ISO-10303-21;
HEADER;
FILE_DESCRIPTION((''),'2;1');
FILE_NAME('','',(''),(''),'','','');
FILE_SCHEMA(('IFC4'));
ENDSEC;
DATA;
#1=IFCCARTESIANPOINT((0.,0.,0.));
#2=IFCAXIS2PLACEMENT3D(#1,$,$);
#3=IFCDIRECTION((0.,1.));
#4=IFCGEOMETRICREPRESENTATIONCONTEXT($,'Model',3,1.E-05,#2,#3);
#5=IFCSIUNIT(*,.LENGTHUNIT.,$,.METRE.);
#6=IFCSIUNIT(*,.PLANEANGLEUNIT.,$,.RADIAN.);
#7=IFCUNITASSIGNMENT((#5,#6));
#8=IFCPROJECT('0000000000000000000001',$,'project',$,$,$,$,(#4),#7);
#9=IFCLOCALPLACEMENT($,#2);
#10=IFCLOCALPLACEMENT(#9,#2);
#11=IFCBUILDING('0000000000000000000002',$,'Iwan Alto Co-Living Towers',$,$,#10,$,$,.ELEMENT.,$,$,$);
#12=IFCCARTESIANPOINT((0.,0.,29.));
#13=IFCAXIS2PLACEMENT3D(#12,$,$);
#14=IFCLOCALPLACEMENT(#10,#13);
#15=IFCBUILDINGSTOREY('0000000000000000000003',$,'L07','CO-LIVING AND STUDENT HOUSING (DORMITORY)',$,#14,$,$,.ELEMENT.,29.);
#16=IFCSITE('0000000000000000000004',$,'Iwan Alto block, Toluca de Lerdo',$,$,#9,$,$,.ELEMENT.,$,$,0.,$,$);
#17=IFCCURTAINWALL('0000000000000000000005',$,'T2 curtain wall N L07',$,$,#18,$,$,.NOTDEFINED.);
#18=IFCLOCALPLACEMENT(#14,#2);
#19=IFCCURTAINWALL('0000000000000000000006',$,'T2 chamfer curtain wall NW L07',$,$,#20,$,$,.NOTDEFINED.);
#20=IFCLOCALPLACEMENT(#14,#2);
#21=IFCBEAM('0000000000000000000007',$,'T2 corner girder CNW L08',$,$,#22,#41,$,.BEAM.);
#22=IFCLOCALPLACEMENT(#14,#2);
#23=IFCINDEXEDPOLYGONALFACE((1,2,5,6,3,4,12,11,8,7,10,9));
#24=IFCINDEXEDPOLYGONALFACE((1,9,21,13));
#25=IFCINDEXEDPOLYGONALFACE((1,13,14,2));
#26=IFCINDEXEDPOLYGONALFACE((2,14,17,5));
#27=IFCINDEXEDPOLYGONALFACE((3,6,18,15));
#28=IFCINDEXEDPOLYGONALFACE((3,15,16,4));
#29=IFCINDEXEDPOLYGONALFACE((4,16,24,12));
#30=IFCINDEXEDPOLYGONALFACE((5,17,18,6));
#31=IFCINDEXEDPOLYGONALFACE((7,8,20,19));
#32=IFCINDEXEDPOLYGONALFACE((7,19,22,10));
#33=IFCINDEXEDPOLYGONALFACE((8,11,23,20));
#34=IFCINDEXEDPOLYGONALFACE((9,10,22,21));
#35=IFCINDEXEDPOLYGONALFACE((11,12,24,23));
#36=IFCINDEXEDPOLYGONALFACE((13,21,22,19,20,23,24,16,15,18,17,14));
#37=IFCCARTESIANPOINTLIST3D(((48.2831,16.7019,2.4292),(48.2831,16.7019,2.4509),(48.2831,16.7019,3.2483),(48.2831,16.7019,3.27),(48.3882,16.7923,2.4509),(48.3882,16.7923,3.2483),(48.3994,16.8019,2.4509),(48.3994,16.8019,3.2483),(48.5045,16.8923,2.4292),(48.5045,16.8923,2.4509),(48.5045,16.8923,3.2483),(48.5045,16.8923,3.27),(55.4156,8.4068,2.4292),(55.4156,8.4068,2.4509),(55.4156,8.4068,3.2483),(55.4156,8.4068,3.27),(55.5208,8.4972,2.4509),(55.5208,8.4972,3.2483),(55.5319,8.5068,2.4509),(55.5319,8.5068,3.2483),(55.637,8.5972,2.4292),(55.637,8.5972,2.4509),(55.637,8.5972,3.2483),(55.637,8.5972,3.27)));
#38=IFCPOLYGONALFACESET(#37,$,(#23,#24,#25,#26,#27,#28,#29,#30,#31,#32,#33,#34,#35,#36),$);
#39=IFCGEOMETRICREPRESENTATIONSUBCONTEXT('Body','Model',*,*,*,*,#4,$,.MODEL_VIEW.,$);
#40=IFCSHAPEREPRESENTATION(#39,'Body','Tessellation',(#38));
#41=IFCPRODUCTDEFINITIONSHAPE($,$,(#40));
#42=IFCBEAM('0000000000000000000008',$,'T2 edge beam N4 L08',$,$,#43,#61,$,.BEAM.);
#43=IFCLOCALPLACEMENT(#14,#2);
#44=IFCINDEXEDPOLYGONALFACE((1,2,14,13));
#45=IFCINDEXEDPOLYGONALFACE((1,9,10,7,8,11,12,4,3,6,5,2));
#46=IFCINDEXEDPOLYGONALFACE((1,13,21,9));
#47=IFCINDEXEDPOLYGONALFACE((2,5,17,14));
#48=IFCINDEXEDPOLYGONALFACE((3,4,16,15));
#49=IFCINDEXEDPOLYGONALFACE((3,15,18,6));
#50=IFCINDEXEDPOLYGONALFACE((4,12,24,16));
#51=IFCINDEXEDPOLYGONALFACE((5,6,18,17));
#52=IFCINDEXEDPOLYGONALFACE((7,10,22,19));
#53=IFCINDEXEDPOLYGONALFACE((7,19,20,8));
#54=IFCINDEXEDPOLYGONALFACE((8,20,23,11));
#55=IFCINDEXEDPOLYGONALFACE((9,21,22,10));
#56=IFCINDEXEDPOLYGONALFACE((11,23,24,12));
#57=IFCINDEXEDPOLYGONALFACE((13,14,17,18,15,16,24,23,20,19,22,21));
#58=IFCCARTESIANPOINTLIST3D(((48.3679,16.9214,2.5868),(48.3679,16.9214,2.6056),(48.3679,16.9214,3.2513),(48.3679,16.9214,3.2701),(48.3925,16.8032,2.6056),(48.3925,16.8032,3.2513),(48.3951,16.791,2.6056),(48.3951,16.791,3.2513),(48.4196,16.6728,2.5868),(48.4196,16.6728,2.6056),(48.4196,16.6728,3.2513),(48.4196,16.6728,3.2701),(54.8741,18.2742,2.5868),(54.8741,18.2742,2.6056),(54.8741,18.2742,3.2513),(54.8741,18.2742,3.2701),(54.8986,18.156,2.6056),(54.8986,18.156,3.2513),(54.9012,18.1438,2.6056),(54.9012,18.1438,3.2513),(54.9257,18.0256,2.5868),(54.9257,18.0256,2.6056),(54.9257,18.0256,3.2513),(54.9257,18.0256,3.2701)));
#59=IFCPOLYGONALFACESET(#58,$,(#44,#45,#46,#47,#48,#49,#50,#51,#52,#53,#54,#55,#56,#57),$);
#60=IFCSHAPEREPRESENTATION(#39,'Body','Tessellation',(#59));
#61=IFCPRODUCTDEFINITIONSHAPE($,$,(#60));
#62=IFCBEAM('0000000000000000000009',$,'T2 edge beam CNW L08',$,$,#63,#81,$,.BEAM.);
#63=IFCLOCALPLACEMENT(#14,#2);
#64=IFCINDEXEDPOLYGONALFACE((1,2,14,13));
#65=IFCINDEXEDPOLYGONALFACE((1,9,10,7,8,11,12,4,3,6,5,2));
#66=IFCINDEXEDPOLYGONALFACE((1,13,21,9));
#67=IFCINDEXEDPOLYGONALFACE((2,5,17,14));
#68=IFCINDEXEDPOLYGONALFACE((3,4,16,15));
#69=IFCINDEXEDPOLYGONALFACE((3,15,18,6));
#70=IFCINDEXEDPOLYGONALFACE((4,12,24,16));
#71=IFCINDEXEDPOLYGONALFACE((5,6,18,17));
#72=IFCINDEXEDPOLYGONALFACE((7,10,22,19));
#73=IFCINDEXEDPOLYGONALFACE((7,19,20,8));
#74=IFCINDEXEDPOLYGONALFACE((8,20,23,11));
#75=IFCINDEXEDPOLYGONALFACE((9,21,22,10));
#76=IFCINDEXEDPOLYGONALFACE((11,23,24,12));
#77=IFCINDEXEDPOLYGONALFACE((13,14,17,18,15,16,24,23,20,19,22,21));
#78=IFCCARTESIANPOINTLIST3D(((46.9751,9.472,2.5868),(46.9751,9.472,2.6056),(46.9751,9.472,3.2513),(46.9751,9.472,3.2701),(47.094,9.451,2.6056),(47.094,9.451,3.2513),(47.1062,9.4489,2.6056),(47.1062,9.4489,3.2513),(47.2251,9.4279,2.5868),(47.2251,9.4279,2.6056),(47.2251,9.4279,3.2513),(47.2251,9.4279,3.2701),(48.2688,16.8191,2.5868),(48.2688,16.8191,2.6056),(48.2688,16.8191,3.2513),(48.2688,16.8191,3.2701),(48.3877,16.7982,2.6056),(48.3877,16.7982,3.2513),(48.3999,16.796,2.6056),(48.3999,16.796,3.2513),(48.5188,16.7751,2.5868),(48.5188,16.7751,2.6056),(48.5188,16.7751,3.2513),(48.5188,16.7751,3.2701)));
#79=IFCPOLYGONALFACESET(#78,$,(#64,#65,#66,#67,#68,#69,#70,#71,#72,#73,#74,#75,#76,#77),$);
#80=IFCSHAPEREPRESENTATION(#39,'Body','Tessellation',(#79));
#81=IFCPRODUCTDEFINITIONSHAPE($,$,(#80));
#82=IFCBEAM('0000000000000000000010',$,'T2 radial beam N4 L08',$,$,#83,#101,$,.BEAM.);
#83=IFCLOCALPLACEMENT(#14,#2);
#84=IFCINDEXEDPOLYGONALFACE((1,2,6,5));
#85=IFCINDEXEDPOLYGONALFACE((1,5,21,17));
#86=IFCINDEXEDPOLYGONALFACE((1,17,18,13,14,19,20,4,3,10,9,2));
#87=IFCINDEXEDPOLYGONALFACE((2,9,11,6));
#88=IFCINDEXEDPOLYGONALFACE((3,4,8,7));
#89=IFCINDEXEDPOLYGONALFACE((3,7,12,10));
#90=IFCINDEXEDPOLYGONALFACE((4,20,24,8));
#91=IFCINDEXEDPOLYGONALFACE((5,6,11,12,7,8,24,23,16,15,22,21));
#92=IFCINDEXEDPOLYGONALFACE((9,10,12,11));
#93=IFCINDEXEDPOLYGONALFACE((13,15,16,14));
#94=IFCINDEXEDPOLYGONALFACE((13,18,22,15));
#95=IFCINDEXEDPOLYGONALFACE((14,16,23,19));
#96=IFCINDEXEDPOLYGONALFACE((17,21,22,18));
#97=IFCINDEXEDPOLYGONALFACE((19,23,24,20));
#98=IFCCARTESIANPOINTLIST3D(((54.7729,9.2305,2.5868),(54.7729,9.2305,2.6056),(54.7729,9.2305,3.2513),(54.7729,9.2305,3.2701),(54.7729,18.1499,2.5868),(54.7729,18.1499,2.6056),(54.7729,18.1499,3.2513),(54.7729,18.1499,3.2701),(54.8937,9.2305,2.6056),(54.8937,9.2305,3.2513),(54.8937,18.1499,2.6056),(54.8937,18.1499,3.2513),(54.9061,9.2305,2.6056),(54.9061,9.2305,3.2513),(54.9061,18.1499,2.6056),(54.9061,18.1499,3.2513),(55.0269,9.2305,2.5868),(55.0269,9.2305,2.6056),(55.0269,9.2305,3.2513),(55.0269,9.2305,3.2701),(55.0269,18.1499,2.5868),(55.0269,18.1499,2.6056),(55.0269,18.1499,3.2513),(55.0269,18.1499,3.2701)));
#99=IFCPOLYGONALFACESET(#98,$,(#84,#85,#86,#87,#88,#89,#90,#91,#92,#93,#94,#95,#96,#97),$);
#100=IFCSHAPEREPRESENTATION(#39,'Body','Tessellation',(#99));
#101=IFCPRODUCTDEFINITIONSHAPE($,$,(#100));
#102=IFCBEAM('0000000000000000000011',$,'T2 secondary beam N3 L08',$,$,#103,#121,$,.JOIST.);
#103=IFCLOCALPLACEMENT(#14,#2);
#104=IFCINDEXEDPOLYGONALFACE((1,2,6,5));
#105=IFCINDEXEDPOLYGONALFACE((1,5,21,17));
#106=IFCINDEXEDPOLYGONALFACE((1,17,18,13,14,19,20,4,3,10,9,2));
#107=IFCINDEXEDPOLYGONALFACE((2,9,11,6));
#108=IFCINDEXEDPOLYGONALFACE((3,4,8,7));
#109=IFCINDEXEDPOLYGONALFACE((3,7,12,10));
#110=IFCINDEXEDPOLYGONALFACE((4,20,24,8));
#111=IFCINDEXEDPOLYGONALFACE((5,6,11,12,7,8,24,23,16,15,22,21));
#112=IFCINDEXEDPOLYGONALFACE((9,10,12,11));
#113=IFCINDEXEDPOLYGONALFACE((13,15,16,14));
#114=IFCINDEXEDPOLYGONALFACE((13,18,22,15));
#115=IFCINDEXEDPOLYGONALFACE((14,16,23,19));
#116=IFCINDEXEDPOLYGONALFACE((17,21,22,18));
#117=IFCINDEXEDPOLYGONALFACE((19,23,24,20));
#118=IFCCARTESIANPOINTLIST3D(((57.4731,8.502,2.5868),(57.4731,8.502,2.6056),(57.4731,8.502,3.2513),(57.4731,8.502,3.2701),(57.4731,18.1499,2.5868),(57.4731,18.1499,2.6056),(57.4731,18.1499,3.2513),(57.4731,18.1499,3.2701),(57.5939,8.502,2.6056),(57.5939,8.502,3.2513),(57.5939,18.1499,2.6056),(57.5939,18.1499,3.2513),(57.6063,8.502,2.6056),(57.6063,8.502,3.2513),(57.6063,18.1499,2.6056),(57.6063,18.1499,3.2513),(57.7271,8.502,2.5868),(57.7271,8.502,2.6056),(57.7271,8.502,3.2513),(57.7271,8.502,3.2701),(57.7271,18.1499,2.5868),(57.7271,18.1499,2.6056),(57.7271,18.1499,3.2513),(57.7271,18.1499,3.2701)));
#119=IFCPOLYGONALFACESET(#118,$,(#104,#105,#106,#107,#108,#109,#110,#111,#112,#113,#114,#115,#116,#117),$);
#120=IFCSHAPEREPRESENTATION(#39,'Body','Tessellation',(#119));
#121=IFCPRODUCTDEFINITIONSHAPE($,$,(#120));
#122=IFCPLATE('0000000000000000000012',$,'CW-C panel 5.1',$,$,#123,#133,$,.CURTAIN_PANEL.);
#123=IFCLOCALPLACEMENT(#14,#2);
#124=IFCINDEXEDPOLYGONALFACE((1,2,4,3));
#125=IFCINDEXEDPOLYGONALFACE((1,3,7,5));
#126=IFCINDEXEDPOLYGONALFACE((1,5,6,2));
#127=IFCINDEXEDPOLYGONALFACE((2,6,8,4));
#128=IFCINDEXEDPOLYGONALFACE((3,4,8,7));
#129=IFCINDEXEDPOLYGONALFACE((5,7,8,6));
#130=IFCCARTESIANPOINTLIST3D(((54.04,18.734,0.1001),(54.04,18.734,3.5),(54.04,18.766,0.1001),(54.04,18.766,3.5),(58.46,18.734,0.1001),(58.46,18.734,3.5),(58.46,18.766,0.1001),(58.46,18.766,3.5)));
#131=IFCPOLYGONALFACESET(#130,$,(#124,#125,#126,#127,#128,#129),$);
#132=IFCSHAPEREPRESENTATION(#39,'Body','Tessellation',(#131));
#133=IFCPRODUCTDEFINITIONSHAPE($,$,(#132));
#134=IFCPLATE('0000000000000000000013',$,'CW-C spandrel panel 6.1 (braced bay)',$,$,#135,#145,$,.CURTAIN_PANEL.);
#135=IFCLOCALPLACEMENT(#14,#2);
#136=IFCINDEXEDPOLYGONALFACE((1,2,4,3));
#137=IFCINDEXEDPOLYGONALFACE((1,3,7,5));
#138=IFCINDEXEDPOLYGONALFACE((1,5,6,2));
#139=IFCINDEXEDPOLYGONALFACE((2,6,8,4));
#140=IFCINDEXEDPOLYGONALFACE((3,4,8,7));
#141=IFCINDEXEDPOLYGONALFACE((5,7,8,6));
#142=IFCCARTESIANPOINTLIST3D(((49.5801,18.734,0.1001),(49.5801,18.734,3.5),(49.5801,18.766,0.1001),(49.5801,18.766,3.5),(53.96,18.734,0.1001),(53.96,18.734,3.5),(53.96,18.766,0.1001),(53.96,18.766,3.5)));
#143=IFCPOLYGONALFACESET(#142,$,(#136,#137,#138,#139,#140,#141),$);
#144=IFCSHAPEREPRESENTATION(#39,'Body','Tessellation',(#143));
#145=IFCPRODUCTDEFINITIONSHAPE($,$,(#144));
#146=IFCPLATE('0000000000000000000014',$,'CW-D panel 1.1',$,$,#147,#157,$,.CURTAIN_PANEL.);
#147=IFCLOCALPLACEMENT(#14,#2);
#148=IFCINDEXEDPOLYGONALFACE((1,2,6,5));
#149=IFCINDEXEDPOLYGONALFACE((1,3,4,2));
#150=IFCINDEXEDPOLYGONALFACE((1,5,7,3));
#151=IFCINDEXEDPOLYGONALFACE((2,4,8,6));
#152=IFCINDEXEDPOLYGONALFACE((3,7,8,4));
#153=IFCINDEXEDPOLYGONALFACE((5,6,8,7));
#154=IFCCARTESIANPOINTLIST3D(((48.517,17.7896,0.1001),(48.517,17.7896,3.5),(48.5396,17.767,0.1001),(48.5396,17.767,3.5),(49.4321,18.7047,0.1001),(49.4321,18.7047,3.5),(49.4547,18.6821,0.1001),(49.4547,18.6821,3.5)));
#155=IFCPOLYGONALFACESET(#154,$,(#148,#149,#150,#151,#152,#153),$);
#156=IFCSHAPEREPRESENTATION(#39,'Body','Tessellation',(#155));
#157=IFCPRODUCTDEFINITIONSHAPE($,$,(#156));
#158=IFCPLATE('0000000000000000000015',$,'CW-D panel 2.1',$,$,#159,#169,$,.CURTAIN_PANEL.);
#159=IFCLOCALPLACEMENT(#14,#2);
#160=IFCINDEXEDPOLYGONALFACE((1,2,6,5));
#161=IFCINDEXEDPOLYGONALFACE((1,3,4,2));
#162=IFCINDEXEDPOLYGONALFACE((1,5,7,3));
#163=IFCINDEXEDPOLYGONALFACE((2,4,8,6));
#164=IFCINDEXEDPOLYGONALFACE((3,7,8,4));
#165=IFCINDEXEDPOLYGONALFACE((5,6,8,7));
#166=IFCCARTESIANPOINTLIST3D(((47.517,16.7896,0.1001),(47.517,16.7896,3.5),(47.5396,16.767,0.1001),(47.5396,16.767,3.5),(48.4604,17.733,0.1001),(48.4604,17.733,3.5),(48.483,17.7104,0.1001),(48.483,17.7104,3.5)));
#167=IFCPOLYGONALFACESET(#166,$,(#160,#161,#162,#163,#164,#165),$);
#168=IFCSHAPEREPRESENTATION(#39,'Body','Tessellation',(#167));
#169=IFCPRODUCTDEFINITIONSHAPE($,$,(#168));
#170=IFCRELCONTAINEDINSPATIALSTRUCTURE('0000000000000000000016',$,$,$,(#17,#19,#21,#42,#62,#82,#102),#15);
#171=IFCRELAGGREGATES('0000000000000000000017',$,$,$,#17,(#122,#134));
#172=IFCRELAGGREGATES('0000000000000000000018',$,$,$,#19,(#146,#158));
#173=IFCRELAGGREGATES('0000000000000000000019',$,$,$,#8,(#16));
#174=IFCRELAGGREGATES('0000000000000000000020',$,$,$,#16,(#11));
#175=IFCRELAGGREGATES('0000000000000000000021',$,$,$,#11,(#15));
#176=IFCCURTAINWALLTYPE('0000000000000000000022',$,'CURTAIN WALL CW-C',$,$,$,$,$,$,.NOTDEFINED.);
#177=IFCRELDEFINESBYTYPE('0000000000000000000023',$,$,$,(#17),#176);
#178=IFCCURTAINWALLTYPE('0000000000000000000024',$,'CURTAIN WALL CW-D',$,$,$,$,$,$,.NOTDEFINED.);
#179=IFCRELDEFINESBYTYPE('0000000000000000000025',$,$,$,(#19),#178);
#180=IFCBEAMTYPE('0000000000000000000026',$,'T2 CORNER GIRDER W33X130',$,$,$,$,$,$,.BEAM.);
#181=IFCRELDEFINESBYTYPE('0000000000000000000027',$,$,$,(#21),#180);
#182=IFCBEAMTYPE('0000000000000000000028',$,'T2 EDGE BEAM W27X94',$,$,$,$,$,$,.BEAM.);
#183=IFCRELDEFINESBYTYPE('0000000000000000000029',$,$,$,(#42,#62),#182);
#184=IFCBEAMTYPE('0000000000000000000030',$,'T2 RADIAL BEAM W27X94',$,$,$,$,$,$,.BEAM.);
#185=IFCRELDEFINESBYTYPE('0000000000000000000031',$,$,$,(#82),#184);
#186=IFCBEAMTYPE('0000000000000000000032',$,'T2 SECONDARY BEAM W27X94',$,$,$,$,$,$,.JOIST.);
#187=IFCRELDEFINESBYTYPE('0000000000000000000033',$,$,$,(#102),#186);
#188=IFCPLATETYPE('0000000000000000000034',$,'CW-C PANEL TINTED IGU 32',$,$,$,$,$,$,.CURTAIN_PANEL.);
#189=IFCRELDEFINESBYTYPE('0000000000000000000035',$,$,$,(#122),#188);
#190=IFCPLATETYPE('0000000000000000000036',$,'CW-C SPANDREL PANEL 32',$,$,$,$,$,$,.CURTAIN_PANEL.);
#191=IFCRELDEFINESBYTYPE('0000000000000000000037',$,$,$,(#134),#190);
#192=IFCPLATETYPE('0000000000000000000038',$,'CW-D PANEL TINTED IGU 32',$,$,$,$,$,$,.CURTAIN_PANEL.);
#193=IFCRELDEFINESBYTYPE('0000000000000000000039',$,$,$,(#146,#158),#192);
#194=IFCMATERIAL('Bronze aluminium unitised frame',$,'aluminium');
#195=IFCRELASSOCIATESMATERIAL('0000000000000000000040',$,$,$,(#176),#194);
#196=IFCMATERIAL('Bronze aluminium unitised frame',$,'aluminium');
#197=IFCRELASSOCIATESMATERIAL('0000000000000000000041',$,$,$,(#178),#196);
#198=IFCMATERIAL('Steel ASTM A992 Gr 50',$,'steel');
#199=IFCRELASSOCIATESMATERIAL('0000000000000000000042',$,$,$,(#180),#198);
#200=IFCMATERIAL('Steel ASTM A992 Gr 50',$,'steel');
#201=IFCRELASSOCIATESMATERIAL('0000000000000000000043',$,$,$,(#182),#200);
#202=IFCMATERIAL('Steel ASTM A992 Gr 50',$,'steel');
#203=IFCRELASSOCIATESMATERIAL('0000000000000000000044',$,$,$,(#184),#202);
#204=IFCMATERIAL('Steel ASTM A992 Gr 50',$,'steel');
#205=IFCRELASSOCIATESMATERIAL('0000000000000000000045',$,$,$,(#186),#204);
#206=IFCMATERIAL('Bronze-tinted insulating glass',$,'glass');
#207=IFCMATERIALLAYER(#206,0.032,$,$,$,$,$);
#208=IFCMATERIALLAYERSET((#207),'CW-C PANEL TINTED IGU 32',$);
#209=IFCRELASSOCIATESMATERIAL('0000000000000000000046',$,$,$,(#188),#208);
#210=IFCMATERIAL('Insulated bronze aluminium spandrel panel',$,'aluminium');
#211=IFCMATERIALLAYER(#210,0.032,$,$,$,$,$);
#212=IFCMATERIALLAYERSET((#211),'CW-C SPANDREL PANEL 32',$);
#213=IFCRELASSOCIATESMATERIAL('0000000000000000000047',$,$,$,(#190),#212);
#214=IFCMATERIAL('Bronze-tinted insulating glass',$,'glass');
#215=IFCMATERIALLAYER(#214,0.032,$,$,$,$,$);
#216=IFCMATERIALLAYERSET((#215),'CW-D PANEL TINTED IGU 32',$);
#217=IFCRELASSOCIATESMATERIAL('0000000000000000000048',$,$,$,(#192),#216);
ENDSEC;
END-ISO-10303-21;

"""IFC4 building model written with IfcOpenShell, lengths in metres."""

from ifc_helpers import new_model, si_unit, direction, frame, origin, origin_2d, place, context, subcontext, project, spatial, rectangle, i_section, extrude, material, layer, layer_set, material_profile, profile_set, type_object, element, aggregate, save


model = new_model("IFC4")

# Units and contexts
model_context = context("Model", 3, precision=1e-05, world=origin(), true_north=direction((0.0, 1.0)))
body_context = subcontext(model_context, "Body", "Model", "MODEL_VIEW")
ifc_project = project(units=[si_unit("LENGTHUNIT", "METRE"), si_unit("PLANEANGLEUNIT", "RADIAN")], contexts=[model_context])

# Site, building, storey
site_placement = place(None, origin())
site = spatial("IfcSite", under=ifc_project, at=site_placement, Name="Iwan Alto block, Toluca de Lerdo", CompositionType="ELEMENT", RefElevation=0.0)
building_placement = place(site_placement, origin())
building = spatial("IfcBuilding", under=site, at=building_placement, Name="Iwan Alto Co-Living Towers", CompositionType="ELEMENT")
storey_placement = place(building_placement, frame((0.0, 0.0, 29.0)))
storey = spatial("IfcBuildingStorey", under=building, at=storey_placement, Name="L07", Description="CO-LIVING AND STUDENT HOUSING (DORMITORY)", CompositionType="ELEMENT", Elevation=29.0)

# Curtain walls
ifc_material_1 = material(Name="Bronze aluminium unitised frame", Category="aluminium")
curtain_wall_type_1 = type_object("IfcCurtainWallType", Name="CURTAIN WALL CW-C", PredefinedType="NOTDEFINED", material=ifc_material_1)
curtain_wall_1_placement = place(storey_placement, origin())
curtain_wall_1 = element("IfcCurtainWall", 1, at=curtain_wall_1_placement, inside=storey, type_object=curtain_wall_type_1, Name="T2 curtain wall N L07", PredefinedType="NOTDEFINED")
ifc_material_2 = material(Name="Bronze aluminium unitised frame", Category="aluminium")
curtain_wall_type_2 = type_object("IfcCurtainWallType", Name="CURTAIN WALL CW-D", PredefinedType="NOTDEFINED", material=ifc_material_2)
curtain_wall_2_placement = place(storey_placement, origin())
curtain_wall_2 = element("IfcCurtainWall", 2, at=curtain_wall_2_placement, inside=storey, type_object=curtain_wall_type_2, Name="T2 chamfer curtain wall NW L07", PredefinedType="NOTDEFINED")

# Beams
ifc_material_3 = material(Name="Steel ASTM A992 Gr 50", Category="steel")
ifc_material_profile_1 = material_profile(ifc_material_3, i_section(OverallWidth=0.292, OverallDepth=0.8408, WebThickness=0.0146, FlangeThickness=0.0217, at=origin_2d()), Name="W33X130")
ifc_profile_set_1 = profile_set([ifc_material_profile_1], Name="Steel ASTM A992 Gr 50")
beam_type_1 = type_object("IfcBeamType", Name="T2 CORNER GIRDER W33X130", PredefinedType="BEAM", material=ifc_profile_set_1)
beam_1_placement = place(storey_placement, frame((48.3938, 16.7971, 2.8496), z_axis=(0.651972, -0.758243, 0.0), x_axis=(0.758243, 0.651972, 0.0)))
element("IfcBeam", 3, at=beam_1_placement, inside=storey, type_object=beam_type_1, Name="T2 corner girder CNW L08", PredefinedType="BEAM", context=body_context, shape_type="SweptSolid", body=[
    extrude(i_section(OverallWidth=0.292, OverallDepth=0.8408, WebThickness=0.0146, FlangeThickness=0.0217, at=origin_2d()), origin(), (0.0, 0.0, 1.0), 10.9399),
])
ifc_material_4 = material(Name="Steel ASTM A992 Gr 50", Category="steel")
ifc_material_profile_2 = material_profile(ifc_material_4, i_section(OverallWidth=0.2539, OverallDepth=0.6833, WebThickness=0.0125, FlangeThickness=0.0188, at=origin_2d()), Name="W27X94")
ifc_profile_set_2 = profile_set([ifc_material_profile_2], Name="Steel ASTM A992 Gr 50")
beam_type_2 = type_object("IfcBeamType", Name="T2 EDGE BEAM W27X94", PredefinedType="BEAM", material=ifc_profile_set_2)
beam_2_placement = place(storey_placement, frame((54.8999, 18.1499, 2.9285), z_axis=(-0.97906, -0.203571, 0.0), x_axis=(0.203571, -0.97906, 0.0)))
element("IfcBeam", 4, at=beam_2_placement, inside=storey, type_object=beam_type_2, Name="T2 edge beam N4 L08", PredefinedType="BEAM", context=body_context, shape_type="SweptSolid", body=[
    extrude(i_section(OverallWidth=0.2539, OverallDepth=0.6833, WebThickness=0.0125, FlangeThickness=0.0188, at=origin_2d()), origin(), (0.0, 0.0, 1.0), 6.6453),
])
beam_3_placement = place(storey_placement, frame((48.3938, 16.7971, 2.9285), z_axis=(-0.173414, -0.984849, 0.0), x_axis=(0.984849, -0.173414, 0.0)))
element("IfcBeam", 5, at=beam_3_placement, inside=storey, type_object=beam_type_2, Name="T2 edge beam CNW L08", PredefinedType="BEAM", context=body_context, shape_type="SweptSolid", body=[
    extrude(i_section(OverallWidth=0.2539, OverallDepth=0.6833, WebThickness=0.0125, FlangeThickness=0.0188, at=origin_2d()), origin(), (0.0, 0.0, 1.0), 7.4602),
])
ifc_material_5 = material(Name="Steel ASTM A992 Gr 50", Category="steel")
ifc_material_profile_3 = material_profile(ifc_material_5, i_section(OverallWidth=0.2539, OverallDepth=0.6833, WebThickness=0.0125, FlangeThickness=0.0188, at=origin_2d()), Name="W27X94")
ifc_profile_set_3 = profile_set([ifc_material_profile_3], Name="Steel ASTM A992 Gr 50")
beam_type_3 = type_object("IfcBeamType", Name="T2 RADIAL BEAM W27X94", PredefinedType="BEAM", material=ifc_profile_set_3)
beam_4_placement = place(storey_placement, frame((54.8999, 18.1499, 2.9285), z_axis=(0.0, -1.0, 0.0), x_axis=(1.0, 0.0, 0.0)))
element("IfcBeam", 6, at=beam_4_placement, inside=storey, type_object=beam_type_3, Name="T2 radial beam N4 L08", PredefinedType="BEAM", context=body_context, shape_type="SweptSolid", body=[
    extrude(i_section(OverallWidth=0.2539, OverallDepth=0.6833, WebThickness=0.0125, FlangeThickness=0.0188, at=origin_2d()), origin(), (0.0, 0.0, 1.0), 8.9194),
])
ifc_material_6 = material(Name="Steel ASTM A992 Gr 50", Category="steel")
ifc_material_profile_4 = material_profile(ifc_material_6, i_section(OverallWidth=0.2539, OverallDepth=0.6833, WebThickness=0.0125, FlangeThickness=0.0188, at=origin_2d()), Name="W27X94")
ifc_profile_set_4 = profile_set([ifc_material_profile_4], Name="Steel ASTM A992 Gr 50")
beam_type_4 = type_object("IfcBeamType", Name="T2 SECONDARY BEAM W27X94", PredefinedType="JOIST", material=ifc_profile_set_4)
beam_5_placement = place(storey_placement, frame((57.6001, 18.1499, 2.9285), z_axis=(0.0, -1.0, 0.0), x_axis=(1.0, 0.0, 0.0)))
element("IfcBeam", 7, at=beam_5_placement, inside=storey, type_object=beam_type_4, Name="T2 secondary beam N3 L08", PredefinedType="JOIST", context=body_context, shape_type="SweptSolid", body=[
    extrude(i_section(OverallWidth=0.2539, OverallDepth=0.6833, WebThickness=0.0125, FlangeThickness=0.0188, at=origin_2d()), origin(), (0.0, 0.0, 1.0), 9.6479),
])

# Plates
ifc_material_7 = material(Name="Bronze-tinted insulating glass", Category="glass")
ifc_layer_1 = layer(ifc_material_7, 0.032)
ifc_layer_set_1 = layer_set([ifc_layer_1], Name="CW-C PANEL TINTED IGU 32")
plate_type_1 = type_object("IfcPlateType", Name="CW-C PANEL TINTED IGU 32", PredefinedType="CURTAIN_PANEL", material=ifc_layer_set_1)
plate_1_placement = place(storey_placement, frame((56.25, 18.75, 0.1001), z_axis=(0.0, 0.0, 1.0), x_axis=(-1.0, 0.0, 0.0)))
plate_1 = element("IfcPlate", 8, at=plate_1_placement, type_object=plate_type_1, Name="CW-C panel 5.1", PredefinedType="CURTAIN_PANEL", context=body_context, shape_type="SweptSolid", body=[
    extrude(rectangle(XDim=4.4199, YDim=0.032, at=origin_2d()), origin(), (0.0, 0.0, 1.0), 3.3999),
])
ifc_material_8 = material(Name="Insulated bronze aluminium spandrel panel", Category="aluminium")
ifc_layer_2 = layer(ifc_material_8, 0.032)
ifc_layer_set_2 = layer_set([ifc_layer_2], Name="CW-C SPANDREL PANEL 32")
plate_type_2 = type_object("IfcPlateType", Name="CW-C SPANDREL PANEL 32", PredefinedType="CURTAIN_PANEL", material=ifc_layer_set_2)
plate_2_placement = place(storey_placement, frame((51.77, 18.75, 0.1001), z_axis=(0.0, 0.0, 1.0), x_axis=(-1.0, 0.0, 0.0)))
plate_2 = element("IfcPlate", 9, at=plate_2_placement, type_object=plate_type_2, Name="CW-C spandrel panel 6.1 (braced bay)", PredefinedType="CURTAIN_PANEL", context=body_context, shape_type="SweptSolid", body=[
    extrude(rectangle(XDim=4.3799, YDim=0.032, at=origin_2d()), origin(), (0.0, 0.0, 1.0), 3.3999),
])
aggregate(curtain_wall_1, [plate_1, plate_2])
ifc_material_9 = material(Name="Bronze-tinted insulating glass", Category="glass")
ifc_layer_3 = layer(ifc_material_9, 0.032)
ifc_layer_set_3 = layer_set([ifc_layer_3], Name="CW-D PANEL TINTED IGU 32")
plate_type_3 = type_object("IfcPlateType", Name="CW-D PANEL TINTED IGU 32", PredefinedType="CURTAIN_PANEL", material=ifc_layer_set_3)
plate_3_placement = place(storey_placement, frame((48.9858, 18.2358, 0.1001), z_axis=(0.0, 0.0, 1.0), x_axis=(-0.707107, -0.707107, 0.0)))
plate_3 = element("IfcPlate", 10, at=plate_3_placement, type_object=plate_type_3, Name="CW-D panel 1.1", PredefinedType="CURTAIN_PANEL", context=body_context, shape_type="SweptSolid", body=[
    extrude(rectangle(XDim=1.2942, YDim=0.032, at=origin_2d()), origin(), (0.0, 0.0, 1.0), 3.3999),
])
plate_4_placement = place(storey_placement, frame((48.0, 17.25, 0.1001), z_axis=(0.0, 0.0, 1.0), x_axis=(-0.707107, -0.707107, 0.0)))
plate_4 = element("IfcPlate", 11, at=plate_4_placement, type_object=plate_type_3, Name="CW-D panel 2.1", PredefinedType="CURTAIN_PANEL", context=body_context, shape_type="SweptSolid", body=[
    extrude(rectangle(XDim=1.3342, YDim=0.032, at=origin_2d()), origin(), (0.0, 0.0, 1.0), 3.3999),
])
aggregate(curtain_wall_2, [plate_3, plate_4])

save(model, "model.ifc")
